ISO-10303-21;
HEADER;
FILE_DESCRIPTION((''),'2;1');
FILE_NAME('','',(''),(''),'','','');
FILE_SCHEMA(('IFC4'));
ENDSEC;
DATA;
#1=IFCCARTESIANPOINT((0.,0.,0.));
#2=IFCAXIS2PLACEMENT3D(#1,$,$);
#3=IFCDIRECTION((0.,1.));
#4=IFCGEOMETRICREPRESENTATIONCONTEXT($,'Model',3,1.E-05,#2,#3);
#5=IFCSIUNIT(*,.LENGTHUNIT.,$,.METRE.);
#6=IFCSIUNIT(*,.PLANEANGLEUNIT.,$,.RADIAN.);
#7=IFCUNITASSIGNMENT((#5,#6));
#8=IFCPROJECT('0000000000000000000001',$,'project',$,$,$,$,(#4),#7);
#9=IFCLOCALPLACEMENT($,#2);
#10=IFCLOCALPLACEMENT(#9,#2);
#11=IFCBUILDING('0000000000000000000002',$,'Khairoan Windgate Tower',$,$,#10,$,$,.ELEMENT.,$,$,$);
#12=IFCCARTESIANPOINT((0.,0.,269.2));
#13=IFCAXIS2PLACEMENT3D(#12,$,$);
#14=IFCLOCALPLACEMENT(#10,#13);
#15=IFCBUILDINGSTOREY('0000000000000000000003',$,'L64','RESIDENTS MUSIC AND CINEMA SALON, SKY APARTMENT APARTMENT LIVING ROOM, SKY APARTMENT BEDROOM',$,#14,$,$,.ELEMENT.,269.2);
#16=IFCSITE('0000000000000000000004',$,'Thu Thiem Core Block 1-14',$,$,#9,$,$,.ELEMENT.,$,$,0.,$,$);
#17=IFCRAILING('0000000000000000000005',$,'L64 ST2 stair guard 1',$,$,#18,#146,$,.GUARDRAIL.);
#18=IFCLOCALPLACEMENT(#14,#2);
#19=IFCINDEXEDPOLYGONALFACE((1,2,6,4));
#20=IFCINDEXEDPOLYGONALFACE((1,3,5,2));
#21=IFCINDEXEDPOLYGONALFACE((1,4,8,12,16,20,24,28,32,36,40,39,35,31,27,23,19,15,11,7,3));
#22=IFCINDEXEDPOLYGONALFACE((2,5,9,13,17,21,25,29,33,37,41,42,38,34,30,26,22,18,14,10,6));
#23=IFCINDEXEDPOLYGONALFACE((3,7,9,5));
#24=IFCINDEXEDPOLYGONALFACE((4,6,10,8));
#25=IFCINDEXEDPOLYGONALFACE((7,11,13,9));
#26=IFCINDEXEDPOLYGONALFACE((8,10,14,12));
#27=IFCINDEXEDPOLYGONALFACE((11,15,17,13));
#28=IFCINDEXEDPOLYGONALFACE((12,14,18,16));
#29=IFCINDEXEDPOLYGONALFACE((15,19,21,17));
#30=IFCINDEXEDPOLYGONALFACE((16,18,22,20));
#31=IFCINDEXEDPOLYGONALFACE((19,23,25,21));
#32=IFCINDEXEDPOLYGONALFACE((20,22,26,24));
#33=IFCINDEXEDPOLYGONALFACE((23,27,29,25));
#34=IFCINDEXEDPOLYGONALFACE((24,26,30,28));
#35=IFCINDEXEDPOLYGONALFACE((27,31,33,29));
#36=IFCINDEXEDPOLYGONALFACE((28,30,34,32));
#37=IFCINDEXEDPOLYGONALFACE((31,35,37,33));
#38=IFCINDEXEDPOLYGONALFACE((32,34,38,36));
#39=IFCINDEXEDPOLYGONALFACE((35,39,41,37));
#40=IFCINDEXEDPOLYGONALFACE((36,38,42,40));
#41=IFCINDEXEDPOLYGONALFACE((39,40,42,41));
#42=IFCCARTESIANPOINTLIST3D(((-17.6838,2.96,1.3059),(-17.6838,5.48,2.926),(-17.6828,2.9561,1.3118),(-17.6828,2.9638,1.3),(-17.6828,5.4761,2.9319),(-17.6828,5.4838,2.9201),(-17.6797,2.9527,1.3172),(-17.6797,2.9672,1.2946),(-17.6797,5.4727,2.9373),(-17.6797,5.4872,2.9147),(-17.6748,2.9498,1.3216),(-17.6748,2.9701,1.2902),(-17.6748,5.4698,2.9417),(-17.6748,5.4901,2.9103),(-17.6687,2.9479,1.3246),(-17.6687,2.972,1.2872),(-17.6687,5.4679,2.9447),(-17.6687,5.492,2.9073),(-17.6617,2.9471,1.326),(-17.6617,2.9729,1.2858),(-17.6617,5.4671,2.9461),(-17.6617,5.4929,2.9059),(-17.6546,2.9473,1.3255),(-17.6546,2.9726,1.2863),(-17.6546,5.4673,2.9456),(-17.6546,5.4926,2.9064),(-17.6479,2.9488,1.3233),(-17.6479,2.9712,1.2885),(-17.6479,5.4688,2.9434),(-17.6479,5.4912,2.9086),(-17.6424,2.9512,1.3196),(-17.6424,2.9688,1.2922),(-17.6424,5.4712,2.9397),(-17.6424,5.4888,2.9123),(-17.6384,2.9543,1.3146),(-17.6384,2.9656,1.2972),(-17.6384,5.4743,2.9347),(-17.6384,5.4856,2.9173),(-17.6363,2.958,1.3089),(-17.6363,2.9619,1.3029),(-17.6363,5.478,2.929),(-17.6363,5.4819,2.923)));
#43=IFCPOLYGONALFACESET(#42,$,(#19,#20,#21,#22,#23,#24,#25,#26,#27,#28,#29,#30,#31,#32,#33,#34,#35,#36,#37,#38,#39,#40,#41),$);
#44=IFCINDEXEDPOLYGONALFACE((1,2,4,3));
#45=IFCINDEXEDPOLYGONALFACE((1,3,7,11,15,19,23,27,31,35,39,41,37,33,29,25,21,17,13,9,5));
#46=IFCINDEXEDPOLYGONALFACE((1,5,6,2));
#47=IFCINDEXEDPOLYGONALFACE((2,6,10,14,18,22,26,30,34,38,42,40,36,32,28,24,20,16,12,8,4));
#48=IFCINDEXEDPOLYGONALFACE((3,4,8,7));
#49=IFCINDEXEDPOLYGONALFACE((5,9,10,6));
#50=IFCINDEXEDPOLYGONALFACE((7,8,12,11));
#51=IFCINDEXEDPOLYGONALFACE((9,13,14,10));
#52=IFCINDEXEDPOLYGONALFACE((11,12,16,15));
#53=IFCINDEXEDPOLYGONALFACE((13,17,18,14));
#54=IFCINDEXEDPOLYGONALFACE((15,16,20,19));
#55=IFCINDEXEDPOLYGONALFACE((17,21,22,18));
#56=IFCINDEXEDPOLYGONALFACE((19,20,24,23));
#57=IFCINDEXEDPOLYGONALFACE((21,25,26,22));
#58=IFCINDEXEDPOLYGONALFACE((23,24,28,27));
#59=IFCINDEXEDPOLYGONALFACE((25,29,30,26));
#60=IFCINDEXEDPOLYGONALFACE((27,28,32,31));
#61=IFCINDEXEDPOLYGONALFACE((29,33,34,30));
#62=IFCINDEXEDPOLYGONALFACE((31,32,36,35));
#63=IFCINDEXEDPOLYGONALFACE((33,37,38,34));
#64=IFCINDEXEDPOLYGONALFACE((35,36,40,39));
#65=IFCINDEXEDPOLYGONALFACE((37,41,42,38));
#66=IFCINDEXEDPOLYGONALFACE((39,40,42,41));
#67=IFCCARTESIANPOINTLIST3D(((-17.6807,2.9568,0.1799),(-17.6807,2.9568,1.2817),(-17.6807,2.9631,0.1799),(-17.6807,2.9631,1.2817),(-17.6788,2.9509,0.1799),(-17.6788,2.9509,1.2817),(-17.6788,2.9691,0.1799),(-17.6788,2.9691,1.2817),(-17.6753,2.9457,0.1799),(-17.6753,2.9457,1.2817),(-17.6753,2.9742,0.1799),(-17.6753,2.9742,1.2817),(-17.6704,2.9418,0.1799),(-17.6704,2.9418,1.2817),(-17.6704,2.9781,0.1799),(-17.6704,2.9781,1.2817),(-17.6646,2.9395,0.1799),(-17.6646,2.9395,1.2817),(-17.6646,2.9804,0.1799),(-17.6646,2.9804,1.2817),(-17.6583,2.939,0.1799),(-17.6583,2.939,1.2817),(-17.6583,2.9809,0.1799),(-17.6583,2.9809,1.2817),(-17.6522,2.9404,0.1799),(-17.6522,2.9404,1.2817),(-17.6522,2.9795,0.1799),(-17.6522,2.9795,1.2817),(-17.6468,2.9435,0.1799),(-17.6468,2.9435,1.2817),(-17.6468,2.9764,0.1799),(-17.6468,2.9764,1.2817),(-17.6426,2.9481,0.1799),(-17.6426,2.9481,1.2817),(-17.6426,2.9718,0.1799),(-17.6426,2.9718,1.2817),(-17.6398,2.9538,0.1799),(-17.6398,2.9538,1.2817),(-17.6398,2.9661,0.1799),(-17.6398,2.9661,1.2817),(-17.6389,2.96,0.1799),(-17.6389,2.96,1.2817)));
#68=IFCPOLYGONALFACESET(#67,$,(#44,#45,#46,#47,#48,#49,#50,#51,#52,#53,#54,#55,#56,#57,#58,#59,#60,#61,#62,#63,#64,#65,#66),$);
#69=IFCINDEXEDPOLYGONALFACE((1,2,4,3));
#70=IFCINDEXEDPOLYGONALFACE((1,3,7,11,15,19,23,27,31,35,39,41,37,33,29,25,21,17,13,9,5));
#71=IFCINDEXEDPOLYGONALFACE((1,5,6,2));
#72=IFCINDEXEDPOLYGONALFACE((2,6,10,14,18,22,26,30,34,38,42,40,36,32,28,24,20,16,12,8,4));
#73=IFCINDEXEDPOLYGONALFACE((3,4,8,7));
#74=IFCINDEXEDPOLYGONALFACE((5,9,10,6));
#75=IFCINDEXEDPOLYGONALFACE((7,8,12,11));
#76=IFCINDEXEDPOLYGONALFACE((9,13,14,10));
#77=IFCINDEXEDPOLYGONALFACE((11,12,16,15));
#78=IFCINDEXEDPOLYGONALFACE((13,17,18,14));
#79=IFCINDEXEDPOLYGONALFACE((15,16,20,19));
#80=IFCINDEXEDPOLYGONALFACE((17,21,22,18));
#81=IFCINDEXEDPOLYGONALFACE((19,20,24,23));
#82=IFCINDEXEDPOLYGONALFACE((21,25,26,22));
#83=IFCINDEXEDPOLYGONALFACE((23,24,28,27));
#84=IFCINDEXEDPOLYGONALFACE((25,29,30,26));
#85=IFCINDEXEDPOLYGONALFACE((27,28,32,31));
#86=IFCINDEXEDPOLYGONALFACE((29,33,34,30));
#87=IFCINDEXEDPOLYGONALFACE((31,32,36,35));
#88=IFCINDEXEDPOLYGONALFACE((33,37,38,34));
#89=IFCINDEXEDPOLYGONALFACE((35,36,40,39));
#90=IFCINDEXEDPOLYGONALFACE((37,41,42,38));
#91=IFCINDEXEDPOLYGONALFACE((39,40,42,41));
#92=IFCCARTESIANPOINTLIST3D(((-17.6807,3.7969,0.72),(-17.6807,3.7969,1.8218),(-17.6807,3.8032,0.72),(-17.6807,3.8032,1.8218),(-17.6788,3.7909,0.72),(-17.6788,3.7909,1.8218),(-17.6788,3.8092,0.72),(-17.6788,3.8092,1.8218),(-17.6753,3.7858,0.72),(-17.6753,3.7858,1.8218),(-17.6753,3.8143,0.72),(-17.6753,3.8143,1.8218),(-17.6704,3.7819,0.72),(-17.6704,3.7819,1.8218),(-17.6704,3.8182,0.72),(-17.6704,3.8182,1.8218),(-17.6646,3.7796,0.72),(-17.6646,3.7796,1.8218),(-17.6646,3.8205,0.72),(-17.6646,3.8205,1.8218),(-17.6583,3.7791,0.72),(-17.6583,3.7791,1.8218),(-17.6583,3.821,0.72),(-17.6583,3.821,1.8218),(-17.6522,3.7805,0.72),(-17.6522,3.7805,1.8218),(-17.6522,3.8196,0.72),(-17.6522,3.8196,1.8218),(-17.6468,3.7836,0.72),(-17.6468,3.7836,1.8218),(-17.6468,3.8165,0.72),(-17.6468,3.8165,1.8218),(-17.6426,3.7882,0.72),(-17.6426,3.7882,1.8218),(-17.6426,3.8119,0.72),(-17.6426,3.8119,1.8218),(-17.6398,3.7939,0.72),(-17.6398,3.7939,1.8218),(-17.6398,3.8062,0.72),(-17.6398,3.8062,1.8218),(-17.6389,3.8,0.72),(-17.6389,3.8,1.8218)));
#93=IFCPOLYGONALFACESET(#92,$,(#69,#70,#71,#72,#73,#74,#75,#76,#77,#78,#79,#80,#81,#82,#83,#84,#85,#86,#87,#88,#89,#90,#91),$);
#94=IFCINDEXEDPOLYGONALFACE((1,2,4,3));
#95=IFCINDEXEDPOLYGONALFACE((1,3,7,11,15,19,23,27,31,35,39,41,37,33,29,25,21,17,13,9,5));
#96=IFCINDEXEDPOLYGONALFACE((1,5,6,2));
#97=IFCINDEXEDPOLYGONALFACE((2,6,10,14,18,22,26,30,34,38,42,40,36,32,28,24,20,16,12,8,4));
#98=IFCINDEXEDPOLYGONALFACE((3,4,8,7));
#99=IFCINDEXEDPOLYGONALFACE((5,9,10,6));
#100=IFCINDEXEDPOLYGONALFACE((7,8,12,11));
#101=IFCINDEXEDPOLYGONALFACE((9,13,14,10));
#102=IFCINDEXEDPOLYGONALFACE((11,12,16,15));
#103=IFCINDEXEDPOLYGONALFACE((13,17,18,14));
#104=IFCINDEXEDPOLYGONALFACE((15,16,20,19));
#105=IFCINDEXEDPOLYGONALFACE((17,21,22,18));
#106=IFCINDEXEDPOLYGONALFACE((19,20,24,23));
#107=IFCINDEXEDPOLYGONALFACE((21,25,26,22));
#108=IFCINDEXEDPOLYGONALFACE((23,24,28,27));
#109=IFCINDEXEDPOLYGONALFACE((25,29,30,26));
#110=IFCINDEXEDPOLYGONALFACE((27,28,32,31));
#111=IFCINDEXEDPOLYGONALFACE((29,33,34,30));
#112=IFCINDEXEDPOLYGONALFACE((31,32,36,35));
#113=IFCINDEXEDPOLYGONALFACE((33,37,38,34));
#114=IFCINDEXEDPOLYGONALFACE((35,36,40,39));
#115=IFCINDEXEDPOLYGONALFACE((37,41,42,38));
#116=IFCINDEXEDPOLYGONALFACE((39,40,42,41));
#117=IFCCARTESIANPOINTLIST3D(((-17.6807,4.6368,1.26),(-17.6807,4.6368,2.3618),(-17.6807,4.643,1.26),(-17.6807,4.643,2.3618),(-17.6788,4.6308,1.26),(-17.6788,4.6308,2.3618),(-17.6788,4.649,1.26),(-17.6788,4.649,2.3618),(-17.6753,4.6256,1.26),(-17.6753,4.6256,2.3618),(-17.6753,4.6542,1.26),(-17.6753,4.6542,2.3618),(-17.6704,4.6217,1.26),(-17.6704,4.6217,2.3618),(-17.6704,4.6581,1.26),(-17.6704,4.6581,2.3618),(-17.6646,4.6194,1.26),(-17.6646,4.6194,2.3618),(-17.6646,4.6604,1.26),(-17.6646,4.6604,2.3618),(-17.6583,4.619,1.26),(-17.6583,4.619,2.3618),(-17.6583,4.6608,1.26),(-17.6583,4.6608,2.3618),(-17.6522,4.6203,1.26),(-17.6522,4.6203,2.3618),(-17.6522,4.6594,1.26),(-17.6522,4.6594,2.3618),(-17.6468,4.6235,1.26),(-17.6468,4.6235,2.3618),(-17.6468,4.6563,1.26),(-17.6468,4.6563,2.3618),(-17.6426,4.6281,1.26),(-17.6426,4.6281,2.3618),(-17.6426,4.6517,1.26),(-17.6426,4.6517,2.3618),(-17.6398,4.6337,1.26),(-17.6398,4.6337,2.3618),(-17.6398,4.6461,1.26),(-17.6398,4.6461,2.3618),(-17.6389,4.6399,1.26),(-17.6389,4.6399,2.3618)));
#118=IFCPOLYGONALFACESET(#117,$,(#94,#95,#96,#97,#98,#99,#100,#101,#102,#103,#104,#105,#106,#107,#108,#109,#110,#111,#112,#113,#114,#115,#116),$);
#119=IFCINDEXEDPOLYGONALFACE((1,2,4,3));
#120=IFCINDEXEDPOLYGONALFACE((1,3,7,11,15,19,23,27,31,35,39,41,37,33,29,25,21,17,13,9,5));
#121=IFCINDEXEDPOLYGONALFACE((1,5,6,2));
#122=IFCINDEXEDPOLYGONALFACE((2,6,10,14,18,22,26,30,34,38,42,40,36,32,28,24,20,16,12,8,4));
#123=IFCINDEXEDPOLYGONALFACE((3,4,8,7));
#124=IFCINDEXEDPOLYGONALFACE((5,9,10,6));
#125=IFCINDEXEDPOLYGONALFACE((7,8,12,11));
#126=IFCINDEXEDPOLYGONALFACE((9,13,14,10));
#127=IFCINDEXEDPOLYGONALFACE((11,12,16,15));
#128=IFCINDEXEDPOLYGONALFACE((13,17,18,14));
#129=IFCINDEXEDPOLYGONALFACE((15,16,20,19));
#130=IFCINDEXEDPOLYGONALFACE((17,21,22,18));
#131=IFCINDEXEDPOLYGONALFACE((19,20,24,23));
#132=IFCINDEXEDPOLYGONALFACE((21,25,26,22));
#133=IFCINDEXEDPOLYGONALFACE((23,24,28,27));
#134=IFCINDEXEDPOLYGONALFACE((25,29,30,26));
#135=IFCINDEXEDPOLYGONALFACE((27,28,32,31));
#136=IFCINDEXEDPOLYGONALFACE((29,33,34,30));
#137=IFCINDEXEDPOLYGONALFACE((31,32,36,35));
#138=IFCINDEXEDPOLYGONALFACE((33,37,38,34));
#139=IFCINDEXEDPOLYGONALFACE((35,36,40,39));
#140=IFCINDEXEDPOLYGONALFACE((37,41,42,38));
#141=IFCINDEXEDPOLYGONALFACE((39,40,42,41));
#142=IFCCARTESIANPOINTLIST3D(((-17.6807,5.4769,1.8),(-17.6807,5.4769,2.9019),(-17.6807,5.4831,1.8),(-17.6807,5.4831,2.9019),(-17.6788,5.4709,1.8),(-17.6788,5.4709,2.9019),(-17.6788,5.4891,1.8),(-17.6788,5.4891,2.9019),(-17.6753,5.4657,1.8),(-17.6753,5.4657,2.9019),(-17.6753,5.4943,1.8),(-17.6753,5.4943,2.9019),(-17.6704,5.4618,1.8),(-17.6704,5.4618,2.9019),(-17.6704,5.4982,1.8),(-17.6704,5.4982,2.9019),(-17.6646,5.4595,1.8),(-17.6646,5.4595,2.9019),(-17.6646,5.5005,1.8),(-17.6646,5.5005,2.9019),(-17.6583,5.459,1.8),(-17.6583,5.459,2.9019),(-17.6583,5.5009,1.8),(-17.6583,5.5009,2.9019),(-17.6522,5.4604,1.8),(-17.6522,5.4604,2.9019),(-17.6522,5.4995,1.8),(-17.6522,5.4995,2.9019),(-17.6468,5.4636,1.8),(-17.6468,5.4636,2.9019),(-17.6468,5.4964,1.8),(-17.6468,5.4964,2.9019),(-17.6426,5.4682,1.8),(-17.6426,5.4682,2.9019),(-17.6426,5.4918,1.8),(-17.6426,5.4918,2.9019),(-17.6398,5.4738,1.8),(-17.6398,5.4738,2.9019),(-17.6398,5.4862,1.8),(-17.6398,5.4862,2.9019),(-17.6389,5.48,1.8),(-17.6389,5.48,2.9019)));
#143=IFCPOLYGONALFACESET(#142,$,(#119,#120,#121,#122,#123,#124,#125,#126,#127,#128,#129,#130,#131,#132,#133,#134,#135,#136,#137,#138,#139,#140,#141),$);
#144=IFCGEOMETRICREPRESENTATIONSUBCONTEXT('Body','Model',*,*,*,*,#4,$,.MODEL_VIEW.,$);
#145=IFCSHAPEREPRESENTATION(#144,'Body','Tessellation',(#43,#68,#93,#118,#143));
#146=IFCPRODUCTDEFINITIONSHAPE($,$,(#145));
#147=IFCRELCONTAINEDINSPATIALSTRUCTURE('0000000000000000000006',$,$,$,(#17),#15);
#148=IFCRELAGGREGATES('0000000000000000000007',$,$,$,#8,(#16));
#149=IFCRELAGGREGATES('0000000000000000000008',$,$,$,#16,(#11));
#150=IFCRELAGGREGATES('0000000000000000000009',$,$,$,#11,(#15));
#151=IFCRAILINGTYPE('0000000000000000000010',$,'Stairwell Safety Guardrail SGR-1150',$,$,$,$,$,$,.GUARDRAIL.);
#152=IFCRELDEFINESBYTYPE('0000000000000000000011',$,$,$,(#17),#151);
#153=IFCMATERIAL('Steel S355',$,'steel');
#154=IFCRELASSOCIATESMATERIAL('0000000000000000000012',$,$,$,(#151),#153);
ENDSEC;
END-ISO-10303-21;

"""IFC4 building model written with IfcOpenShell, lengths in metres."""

from ifc_helpers import new_model, si_unit, direction, frame, origin, origin_2d, place, context, subcontext, project, spatial, circle, extrude, material, type_object, element, save


model = new_model("IFC4")

# Units and contexts
model_context = context("Model", 3, precision=1e-05, world=origin(), true_north=direction((0.0, 1.0)))
body_context = subcontext(model_context, "Body", "Model", "MODEL_VIEW")
ifc_project = project(units=[si_unit("LENGTHUNIT", "METRE"), si_unit("PLANEANGLEUNIT", "RADIAN")], contexts=[model_context])

# Site, building, storey
site_placement = place(None, origin())
site = spatial("IfcSite", under=ifc_project, at=site_placement, Name="Thu Thiem Core Block 1-14", CompositionType="ELEMENT", RefElevation=0.0)
building_placement = place(site_placement, origin())
building = spatial("IfcBuilding", under=site, at=building_placement, Name="Khairoan Windgate Tower", CompositionType="ELEMENT")
storey_placement = place(building_placement, frame((0.0, 0.0, 269.2)))
storey = spatial("IfcBuildingStorey", under=building, at=storey_placement, Name="L64", Description="RESIDENTS MUSIC AND CINEMA SALON, SKY APARTMENT APARTMENT LIVING ROOM, SKY APARTMENT BEDROOM", CompositionType="ELEMENT", Elevation=269.2)

# Railing
ifc_material_1 = material(Name="Steel S355", Category="steel")
railing_type_1 = type_object("IfcRailingType", Name="Stairwell Safety Guardrail SGR-1150", PredefinedType="GUARDRAIL", material=ifc_material_1)
railing_1_placement = place(storey_placement, frame((-17.6599, 2.96, 0.1799)))
element("IfcRailing", 1, at=railing_1_placement, inside=storey, type_object=railing_type_1, Name="L64 ST2 stair guard 1", PredefinedType="GUARDRAIL", context=body_context, shape_type="SweptSolid", body=[
    extrude(circle(Radius=0.0239, at=origin_2d()), frame((0.0, 0.0, 1.126), z_axis=(0.0, 0.841163, 0.540782), x_axis=(-1.0, 0.0, 0.0)), (0.0, 0.0, 1.0), 2.9958),
    extrude(circle(Radius=0.021, at=origin_2d()), origin(), (0.0, 0.0, 1.0), 1.1018),
    extrude(circle(Radius=0.021, at=origin_2d()), frame((0.0, 0.8401, 0.54)), (0.0, 0.0, 1.0), 1.1018),
    extrude(circle(Radius=0.021, at=origin_2d()), frame((0.0, 1.6799, 1.0801)), (0.0, 0.0, 1.0), 1.1018),
    extrude(circle(Radius=0.021, at=origin_2d()), frame((0.0, 2.52, 1.6201)), (0.0, 0.0, 1.0), 1.1018),
])

save(model, "model.ifc")
